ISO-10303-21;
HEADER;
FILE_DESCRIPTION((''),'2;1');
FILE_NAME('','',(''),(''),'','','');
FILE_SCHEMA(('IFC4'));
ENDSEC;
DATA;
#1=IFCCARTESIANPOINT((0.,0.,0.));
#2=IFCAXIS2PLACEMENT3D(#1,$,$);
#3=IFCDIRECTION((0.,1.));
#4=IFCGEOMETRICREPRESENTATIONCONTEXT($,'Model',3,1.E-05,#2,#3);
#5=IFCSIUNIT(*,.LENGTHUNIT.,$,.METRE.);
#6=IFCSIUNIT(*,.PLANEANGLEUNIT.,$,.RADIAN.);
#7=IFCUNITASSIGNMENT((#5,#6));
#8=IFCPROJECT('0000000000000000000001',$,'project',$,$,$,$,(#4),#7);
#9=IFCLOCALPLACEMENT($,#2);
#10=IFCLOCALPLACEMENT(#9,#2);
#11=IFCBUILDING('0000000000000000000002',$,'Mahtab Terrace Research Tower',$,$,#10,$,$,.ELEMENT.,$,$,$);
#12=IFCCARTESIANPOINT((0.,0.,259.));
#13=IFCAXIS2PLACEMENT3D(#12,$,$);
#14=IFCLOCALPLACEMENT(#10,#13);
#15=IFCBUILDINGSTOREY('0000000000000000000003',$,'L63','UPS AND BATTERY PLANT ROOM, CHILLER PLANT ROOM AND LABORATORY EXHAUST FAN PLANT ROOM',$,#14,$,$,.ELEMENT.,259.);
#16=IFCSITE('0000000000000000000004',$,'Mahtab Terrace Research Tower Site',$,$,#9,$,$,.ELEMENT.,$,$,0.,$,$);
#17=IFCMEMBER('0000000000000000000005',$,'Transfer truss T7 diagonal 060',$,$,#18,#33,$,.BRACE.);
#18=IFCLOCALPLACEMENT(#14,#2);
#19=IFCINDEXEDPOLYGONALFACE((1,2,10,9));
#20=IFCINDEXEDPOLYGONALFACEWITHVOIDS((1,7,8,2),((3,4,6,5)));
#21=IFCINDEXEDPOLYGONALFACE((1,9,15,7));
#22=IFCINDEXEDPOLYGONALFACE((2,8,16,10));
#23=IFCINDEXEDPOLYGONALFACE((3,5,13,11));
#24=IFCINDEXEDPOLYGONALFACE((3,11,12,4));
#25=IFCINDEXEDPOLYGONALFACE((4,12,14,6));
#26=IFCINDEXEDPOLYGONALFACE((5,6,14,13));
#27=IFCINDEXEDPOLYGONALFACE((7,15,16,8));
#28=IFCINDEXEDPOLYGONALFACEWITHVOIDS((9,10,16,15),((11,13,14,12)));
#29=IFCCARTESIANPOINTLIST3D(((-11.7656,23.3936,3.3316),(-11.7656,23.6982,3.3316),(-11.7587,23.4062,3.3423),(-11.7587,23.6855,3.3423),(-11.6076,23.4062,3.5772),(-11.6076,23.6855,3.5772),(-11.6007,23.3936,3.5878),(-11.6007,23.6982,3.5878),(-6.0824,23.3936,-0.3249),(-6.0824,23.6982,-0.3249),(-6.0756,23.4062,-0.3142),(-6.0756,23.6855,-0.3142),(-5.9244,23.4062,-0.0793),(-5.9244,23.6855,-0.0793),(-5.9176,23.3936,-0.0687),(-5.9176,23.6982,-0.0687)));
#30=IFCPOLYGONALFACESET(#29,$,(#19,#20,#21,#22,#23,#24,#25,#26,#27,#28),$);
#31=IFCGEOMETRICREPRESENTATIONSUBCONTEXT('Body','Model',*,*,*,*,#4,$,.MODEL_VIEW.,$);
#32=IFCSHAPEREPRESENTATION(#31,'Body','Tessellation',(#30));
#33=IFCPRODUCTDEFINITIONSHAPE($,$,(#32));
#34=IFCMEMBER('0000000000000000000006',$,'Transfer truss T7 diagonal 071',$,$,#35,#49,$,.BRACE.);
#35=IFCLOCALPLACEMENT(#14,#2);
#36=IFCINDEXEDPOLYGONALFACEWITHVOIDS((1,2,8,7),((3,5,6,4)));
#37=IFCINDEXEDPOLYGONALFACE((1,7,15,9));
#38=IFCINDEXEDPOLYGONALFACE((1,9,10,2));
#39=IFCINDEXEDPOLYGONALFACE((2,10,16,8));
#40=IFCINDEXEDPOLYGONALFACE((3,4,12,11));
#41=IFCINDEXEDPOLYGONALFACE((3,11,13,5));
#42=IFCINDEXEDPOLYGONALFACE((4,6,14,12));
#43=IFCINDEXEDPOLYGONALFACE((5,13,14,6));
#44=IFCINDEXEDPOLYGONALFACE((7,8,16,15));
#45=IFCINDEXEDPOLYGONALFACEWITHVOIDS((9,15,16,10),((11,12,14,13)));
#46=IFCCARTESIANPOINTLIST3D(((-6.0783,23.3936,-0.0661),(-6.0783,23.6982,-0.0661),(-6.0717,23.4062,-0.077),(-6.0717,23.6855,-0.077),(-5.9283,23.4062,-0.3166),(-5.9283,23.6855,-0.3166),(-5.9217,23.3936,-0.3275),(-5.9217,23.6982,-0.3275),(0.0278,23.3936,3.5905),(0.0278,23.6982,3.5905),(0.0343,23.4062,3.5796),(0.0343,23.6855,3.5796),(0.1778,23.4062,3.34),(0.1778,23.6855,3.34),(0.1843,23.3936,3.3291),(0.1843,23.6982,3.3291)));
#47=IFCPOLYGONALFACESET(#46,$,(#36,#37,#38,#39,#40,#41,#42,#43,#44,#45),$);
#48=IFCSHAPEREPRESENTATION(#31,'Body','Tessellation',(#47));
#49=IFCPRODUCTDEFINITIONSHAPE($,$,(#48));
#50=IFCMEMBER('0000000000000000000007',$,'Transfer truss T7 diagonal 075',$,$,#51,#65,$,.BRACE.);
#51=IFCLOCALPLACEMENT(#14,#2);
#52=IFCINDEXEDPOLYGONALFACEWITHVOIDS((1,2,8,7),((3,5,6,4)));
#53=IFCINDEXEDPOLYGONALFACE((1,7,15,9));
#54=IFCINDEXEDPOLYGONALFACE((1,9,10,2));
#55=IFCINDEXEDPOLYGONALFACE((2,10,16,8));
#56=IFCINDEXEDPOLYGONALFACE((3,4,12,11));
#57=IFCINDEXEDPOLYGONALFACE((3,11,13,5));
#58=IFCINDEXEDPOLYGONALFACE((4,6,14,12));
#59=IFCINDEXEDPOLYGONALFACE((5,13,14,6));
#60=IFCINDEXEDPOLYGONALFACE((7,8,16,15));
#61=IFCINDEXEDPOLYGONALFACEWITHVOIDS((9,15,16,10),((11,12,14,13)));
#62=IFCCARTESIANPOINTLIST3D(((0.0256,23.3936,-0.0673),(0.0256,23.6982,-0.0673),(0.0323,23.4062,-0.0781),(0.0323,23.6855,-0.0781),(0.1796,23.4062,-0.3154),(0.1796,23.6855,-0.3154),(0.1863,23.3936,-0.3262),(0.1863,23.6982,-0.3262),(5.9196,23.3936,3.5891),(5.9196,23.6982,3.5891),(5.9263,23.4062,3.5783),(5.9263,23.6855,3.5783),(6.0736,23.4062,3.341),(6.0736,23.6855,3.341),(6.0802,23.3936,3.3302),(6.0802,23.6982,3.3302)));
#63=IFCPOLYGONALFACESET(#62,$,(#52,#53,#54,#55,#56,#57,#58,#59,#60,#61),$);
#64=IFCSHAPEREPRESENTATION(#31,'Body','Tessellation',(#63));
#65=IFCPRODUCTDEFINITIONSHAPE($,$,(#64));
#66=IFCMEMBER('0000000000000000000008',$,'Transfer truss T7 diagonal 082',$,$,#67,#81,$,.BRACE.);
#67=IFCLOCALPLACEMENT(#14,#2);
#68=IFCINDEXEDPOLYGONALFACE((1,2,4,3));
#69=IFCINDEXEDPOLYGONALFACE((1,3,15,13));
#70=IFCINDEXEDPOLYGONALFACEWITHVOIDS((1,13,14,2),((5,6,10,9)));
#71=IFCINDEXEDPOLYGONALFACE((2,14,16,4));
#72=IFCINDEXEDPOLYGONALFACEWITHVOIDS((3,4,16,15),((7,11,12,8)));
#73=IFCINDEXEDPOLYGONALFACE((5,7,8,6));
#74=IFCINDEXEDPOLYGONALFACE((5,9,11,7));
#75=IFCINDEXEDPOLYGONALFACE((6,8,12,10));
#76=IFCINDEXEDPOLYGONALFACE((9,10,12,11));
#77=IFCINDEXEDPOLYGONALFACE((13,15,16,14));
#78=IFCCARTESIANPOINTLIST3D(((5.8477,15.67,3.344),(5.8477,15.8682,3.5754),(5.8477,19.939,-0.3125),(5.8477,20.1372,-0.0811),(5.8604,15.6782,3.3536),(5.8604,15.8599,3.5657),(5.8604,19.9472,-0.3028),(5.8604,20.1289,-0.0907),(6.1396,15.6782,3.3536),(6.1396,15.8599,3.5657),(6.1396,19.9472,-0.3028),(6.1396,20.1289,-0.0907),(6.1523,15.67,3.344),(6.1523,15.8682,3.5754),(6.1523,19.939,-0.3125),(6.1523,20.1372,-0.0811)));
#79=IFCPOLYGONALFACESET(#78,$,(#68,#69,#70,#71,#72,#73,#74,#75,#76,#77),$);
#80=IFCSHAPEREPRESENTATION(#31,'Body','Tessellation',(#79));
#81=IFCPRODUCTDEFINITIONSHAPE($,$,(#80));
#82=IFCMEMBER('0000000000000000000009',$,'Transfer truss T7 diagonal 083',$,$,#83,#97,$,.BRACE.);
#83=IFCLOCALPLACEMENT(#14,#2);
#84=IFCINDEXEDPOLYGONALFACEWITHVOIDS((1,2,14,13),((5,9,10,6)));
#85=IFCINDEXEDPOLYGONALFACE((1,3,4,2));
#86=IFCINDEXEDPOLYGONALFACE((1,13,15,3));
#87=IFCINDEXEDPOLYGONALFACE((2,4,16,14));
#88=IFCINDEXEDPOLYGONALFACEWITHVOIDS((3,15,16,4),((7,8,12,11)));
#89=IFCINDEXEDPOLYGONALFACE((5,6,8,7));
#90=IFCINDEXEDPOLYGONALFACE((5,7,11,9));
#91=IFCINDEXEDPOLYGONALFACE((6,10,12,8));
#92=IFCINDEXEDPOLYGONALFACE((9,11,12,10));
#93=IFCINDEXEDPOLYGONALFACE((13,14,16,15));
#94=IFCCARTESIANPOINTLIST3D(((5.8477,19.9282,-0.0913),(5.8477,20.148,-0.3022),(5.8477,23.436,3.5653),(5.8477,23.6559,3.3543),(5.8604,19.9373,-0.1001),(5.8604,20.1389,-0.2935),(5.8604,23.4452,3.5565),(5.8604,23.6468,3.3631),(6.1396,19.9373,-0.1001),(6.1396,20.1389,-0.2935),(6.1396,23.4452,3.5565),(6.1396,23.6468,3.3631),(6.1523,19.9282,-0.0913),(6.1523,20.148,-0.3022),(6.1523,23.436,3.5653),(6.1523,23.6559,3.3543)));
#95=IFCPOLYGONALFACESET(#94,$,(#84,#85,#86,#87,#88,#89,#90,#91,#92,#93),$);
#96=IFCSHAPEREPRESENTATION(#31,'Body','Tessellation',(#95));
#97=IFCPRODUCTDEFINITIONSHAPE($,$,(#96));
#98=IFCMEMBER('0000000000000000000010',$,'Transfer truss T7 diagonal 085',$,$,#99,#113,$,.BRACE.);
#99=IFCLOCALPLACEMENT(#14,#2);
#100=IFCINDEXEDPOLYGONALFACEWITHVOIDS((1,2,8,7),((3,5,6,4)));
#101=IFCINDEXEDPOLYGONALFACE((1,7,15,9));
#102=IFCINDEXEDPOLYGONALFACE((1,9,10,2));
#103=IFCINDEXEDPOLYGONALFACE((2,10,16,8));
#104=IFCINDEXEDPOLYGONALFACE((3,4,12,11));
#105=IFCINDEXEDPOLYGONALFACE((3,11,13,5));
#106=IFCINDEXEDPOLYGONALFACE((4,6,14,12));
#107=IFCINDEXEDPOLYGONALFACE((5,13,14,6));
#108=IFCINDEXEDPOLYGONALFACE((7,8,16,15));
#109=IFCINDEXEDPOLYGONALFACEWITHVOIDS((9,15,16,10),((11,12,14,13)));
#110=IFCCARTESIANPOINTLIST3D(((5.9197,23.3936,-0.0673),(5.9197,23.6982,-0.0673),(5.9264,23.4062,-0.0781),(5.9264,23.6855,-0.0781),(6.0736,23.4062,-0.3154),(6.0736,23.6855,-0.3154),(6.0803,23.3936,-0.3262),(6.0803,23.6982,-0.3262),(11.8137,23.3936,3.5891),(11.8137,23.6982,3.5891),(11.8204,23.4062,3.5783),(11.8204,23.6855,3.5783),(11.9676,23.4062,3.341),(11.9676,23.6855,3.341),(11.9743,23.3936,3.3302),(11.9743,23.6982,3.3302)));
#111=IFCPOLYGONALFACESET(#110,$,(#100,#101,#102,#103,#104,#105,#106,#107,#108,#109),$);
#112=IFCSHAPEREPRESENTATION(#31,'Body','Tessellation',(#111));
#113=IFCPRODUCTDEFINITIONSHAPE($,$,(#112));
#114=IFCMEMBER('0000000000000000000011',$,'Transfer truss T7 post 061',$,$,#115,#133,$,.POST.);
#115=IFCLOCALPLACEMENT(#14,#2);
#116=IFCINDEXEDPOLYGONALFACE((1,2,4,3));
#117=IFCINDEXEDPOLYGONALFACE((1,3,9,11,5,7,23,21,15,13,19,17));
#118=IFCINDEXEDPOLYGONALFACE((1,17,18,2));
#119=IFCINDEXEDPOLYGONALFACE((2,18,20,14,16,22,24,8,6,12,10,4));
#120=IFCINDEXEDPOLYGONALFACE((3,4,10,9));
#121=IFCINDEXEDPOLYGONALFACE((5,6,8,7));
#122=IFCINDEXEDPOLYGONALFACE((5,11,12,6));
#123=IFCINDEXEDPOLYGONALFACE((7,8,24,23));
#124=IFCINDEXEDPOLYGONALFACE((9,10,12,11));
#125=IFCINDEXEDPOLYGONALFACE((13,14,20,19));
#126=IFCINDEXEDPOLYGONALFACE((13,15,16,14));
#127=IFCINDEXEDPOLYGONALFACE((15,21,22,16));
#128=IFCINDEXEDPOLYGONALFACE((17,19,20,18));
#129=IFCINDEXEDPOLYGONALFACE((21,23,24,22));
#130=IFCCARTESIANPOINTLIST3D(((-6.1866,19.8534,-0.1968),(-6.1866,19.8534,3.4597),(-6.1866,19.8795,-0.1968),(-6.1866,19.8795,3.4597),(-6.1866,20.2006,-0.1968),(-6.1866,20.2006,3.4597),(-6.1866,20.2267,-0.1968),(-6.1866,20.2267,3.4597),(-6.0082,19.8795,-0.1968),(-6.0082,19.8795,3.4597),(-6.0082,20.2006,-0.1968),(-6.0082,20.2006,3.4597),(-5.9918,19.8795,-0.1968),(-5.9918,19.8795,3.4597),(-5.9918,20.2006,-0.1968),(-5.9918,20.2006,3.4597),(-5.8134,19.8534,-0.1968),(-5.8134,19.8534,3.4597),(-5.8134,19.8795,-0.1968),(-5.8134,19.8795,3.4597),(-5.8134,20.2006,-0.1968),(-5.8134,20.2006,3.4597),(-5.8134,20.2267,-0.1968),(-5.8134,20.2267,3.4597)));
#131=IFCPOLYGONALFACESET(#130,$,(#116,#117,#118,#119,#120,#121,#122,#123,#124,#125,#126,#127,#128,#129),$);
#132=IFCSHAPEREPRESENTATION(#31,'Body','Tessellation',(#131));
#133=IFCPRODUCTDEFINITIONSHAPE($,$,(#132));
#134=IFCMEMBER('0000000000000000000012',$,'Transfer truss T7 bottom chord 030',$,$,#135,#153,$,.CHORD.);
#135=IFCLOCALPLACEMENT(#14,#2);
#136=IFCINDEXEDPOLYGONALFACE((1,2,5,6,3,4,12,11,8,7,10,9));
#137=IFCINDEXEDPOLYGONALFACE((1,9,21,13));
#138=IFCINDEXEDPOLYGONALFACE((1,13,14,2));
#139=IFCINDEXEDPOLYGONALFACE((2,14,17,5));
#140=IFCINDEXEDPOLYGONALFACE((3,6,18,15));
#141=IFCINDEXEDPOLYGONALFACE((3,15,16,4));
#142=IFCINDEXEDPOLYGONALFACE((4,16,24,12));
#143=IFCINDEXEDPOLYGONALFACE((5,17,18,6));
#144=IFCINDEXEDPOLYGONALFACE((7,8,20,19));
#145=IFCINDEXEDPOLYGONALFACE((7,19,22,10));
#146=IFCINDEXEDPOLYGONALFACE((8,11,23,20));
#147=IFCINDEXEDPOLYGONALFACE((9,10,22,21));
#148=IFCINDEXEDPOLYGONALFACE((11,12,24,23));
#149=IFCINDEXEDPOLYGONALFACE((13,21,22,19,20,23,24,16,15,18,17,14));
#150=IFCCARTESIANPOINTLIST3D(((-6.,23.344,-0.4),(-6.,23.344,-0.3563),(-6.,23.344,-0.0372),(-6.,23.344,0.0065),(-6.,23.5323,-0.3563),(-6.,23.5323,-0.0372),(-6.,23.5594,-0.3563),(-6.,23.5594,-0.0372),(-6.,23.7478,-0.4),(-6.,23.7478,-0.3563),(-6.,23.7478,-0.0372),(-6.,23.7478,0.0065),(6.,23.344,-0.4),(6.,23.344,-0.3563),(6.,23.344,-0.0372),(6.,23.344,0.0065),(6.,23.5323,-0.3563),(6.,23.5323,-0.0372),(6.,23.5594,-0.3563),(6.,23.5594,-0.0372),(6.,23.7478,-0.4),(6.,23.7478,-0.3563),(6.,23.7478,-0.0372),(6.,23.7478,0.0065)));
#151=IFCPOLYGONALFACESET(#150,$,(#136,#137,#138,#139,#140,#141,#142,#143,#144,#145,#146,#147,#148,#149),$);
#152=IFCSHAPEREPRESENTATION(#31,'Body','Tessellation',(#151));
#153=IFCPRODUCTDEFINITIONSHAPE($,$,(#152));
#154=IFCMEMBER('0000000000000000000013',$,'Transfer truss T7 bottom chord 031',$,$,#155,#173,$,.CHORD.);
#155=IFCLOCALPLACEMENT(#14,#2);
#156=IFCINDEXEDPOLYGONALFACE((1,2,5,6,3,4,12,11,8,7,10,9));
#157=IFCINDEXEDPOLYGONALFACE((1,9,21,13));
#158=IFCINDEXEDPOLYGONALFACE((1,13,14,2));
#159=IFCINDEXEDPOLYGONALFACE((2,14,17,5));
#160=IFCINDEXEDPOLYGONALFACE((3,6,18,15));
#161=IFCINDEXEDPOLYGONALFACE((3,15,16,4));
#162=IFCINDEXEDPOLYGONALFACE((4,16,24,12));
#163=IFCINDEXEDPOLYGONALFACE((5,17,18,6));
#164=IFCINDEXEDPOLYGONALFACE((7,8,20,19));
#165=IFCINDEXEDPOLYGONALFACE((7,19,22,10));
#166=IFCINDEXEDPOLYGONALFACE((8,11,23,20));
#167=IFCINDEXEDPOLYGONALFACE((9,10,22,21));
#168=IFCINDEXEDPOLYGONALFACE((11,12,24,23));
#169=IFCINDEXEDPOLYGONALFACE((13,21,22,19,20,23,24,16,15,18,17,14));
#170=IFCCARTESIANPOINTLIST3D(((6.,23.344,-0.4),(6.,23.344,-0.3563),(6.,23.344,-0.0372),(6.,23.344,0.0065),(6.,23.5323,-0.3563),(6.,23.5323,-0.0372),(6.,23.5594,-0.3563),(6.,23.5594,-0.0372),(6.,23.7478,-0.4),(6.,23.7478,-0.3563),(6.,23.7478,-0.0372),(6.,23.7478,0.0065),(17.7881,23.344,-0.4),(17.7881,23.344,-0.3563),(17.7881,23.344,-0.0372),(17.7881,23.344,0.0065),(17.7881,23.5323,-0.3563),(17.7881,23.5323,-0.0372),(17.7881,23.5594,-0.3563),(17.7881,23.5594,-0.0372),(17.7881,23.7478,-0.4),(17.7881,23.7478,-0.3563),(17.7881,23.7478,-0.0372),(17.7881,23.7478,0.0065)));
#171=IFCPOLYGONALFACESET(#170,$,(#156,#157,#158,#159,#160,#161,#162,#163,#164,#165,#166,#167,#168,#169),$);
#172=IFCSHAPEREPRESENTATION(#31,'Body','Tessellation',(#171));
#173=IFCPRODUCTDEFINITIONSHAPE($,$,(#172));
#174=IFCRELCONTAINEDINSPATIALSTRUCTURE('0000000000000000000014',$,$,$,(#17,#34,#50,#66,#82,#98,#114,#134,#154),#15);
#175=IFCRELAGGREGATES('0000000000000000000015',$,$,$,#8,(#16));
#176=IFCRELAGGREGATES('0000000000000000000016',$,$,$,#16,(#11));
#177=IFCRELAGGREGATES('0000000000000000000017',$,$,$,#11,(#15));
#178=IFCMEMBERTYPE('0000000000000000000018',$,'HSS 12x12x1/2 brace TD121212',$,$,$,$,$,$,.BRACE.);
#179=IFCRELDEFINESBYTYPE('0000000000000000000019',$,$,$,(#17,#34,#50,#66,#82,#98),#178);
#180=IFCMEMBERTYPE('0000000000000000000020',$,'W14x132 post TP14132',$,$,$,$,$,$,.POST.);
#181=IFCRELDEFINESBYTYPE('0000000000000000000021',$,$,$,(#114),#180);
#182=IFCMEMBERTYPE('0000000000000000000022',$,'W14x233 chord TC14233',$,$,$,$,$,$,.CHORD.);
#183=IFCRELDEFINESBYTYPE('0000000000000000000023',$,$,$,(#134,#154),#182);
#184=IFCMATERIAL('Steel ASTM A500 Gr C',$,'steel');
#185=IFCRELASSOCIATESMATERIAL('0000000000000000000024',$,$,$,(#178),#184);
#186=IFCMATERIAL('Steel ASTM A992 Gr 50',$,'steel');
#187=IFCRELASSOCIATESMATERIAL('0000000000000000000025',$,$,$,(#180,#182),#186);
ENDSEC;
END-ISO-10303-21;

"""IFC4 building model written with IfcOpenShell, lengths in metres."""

from ifc_helpers import new_model, si_unit, direction, frame, origin, origin_2d, place, context, subcontext, project, spatial, hollow_rectangle, i_section, extrude, material, material_profile, profile_set, type_object, element, save


model = new_model("IFC4")

# Units and contexts
model_context = context("Model", 3, precision=1e-05, world=origin(), true_north=direction((0.0, 1.0)))
body_context = subcontext(model_context, "Body", "Model", "MODEL_VIEW")
ifc_project = project(units=[si_unit("LENGTHUNIT", "METRE"), si_unit("PLANEANGLEUNIT", "RADIAN")], contexts=[model_context])

# Site, building, storey
site_placement = place(None, origin())
site = spatial("IfcSite", under=ifc_project, at=site_placement, Name="Mahtab Terrace Research Tower Site", CompositionType="ELEMENT", RefElevation=0.0)
building_placement = place(site_placement, origin())
building = spatial("IfcBuilding", under=site, at=building_placement, Name="Mahtab Terrace Research Tower", CompositionType="ELEMENT")
storey_placement = place(building_placement, frame((0.0, 0.0, 259.0)))
storey = spatial("IfcBuildingStorey", under=building, at=storey_placement, Name="L63", Description="UPS AND BATTERY PLANT ROOM, CHILLER PLANT ROOM AND LABORATORY EXHAUST FAN PLANT ROOM", CompositionType="ELEMENT", Elevation=259.0)

# Members
ifc_material_1 = material(Name="Steel ASTM A500 Gr C", Category="steel")
ifc_material_profile_1 = material_profile(ifc_material_1, hollow_rectangle(XDim=0.3047, YDim=0.3047, WallThickness=0.0127, at=origin_2d()), Name="HSS12X12X1/2")
ifc_profile_set_1 = profile_set([ifc_material_profile_1], Name="Steel ASTM A500 Gr C")
member_type_1 = type_object("IfcMemberType", Name="HSS 12x12x1/2 brace TD121212", PredefinedType="BRACE", material=ifc_profile_set_1)
member_1_placement = place(storey_placement, frame((-6.0, 23.5459, -0.1968), z_axis=(-0.840972, 0.0, 0.541079), x_axis=(0.0, -1.0, 0.0)))
element("IfcMember", 1, at=member_1_placement, inside=storey, type_object=member_type_1, Name="Transfer truss T7 diagonal 060", PredefinedType="BRACE", context=body_context, shape_type="SweptSolid", body=[
    extrude(hollow_rectangle(XDim=0.3047, YDim=0.3047, WallThickness=0.0127, at=origin_2d()), origin(), (0.0, 0.0, 1.0), 6.7578),
])
member_2_placement = place(storey_placement, frame((-6.0, 23.5459, -0.1968), z_axis=(0.857931, 0.0, 0.513764), x_axis=(0.0, 1.0, 0.0)))
element("IfcMember", 2, at=member_2_placement, inside=storey, type_object=member_type_1, Name="Transfer truss T7 diagonal 071", PredefinedType="BRACE", context=body_context, shape_type="SweptSolid", body=[
    extrude(hollow_rectangle(XDim=0.3047, YDim=0.3047, WallThickness=0.0127, at=origin_2d()), origin(), (0.0, 0.0, 1.0), 7.1172),
])
member_3_placement = place(storey_placement, frame((0.106, 23.5459, -0.1968), z_axis=(0.849761, 0.0, 0.527167), x_axis=(0.0, 1.0, 0.0)))
element("IfcMember", 3, at=member_3_placement, inside=storey, type_object=member_type_1, Name="Transfer truss T7 diagonal 075", PredefinedType="BRACE", context=body_context, shape_type="SweptSolid", body=[
    extrude(hollow_rectangle(XDim=0.3047, YDim=0.3047, WallThickness=0.0127, at=origin_2d()), origin(), (0.0, 0.0, 1.0), 6.936),
])
member_4_placement = place(storey_placement, frame((6.0, 20.0381, -0.1968), z_axis=(0.0, -0.759493, 0.650516), x_axis=(1.0, 0.0, 0.0)))
element("IfcMember", 4, at=member_4_placement, inside=storey, type_object=member_type_1, Name="Transfer truss T7 diagonal 082", PredefinedType="BRACE", context=body_context, shape_type="SweptSolid", body=[
    extrude(hollow_rectangle(XDim=0.3047, YDim=0.3047, WallThickness=0.0127, at=origin_2d()), origin(), (0.0, 0.0, 1.0), 5.6208),
])
member_5_placement = place(storey_placement, frame((6.0, 20.0381, -0.1968), z_axis=(0.0, 0.692283, 0.721626), x_axis=(-1.0, 0.0, 0.0)))
element("IfcMember", 5, at=member_5_placement, inside=storey, type_object=member_type_1, Name="Transfer truss T7 diagonal 083", PredefinedType="BRACE", context=body_context, shape_type="SweptSolid", body=[
    extrude(hollow_rectangle(XDim=0.3047, YDim=0.3047, WallThickness=0.0127, at=origin_2d()), origin(), (0.0, 0.0, 1.0), 5.0671),
])
member_6_placement = place(storey_placement, frame((6.0, 23.5459, -0.1968), z_axis=(0.849761, 0.0, 0.527167), x_axis=(0.0, 1.0, 0.0)))
element("IfcMember", 6, at=member_6_placement, inside=storey, type_object=member_type_1, Name="Transfer truss T7 diagonal 085", PredefinedType="BRACE", context=body_context, shape_type="SweptSolid", body=[
    extrude(hollow_rectangle(XDim=0.3047, YDim=0.3047, WallThickness=0.0127, at=origin_2d()), origin(), (0.0, 0.0, 1.0), 6.936),
])
ifc_material_2 = material(Name="Steel ASTM A992 Gr 50", Category="steel")
ifc_material_profile_2 = material_profile(ifc_material_2, i_section(OverallWidth=0.3733, OverallDepth=0.3733, WebThickness=0.0164, FlangeThickness=0.0261, at=origin_2d()), Name="W14X132")
ifc_profile_set_2 = profile_set([ifc_material_profile_2], Name="Steel ASTM A992 Gr 50")
member_type_2 = type_object("IfcMemberType", Name="W14x132 post TP14132", PredefinedType="POST", material=ifc_profile_set_2)
member_7_placement = place(storey_placement, frame((-6.0, 20.04, -0.1968), z_axis=(0.0, 0.0, 1.0), x_axis=(1.0, 0.0, 0.0)))
element("IfcMember", 7, at=member_7_placement, inside=storey, type_object=member_type_2, Name="Transfer truss T7 post 061", PredefinedType="POST", context=body_context, shape_type="SweptSolid", body=[
    extrude(i_section(OverallWidth=0.3733, OverallDepth=0.3733, WebThickness=0.0164, FlangeThickness=0.0261, at=origin_2d()), origin(), (0.0, 0.0, 1.0), 3.6565),
])
ifc_material_profile_3 = material_profile(ifc_material_2, i_section(OverallWidth=0.4038, OverallDepth=0.4065, WebThickness=0.0271, FlangeThickness=0.0437, at=origin_2d()), Name="W14X233")
ifc_profile_set_3 = profile_set([ifc_material_profile_3], Name="Steel ASTM A992 Gr 50")
member_type_3 = type_object("IfcMemberType", Name="W14x233 chord TC14233", PredefinedType="CHORD", material=ifc_profile_set_3)
member_8_placement = place(storey_placement, frame((-6.0, 23.5459, -0.1968), z_axis=(1.0, 0.0, 0.0), x_axis=(0.0, 1.0, 0.0)))
element("IfcMember", 8, at=member_8_placement, inside=storey, type_object=member_type_3, Name="Transfer truss T7 bottom chord 030", PredefinedType="CHORD", context=body_context, shape_type="SweptSolid", body=[
    extrude(i_section(OverallWidth=0.4038, OverallDepth=0.4065, WebThickness=0.0271, FlangeThickness=0.0437, at=origin_2d()), origin(), (0.0, 0.0, 1.0), 12.0),
])
member_9_placement = place(storey_placement, frame((6.0, 23.5459, -0.1968), z_axis=(1.0, 0.0, 0.0), x_axis=(0.0, 1.0, 0.0)))
element("IfcMember", 9, at=member_9_placement, inside=storey, type_object=member_type_3, Name="Transfer truss T7 bottom chord 031", PredefinedType="CHORD", context=body_context, shape_type="SweptSolid", body=[
    extrude(i_section(OverallWidth=0.4038, OverallDepth=0.4065, WebThickness=0.0271, FlangeThickness=0.0437, at=origin_2d()), origin(), (0.0, 0.0, 1.0), 11.7881),
])

save(model, "model.ifc")
